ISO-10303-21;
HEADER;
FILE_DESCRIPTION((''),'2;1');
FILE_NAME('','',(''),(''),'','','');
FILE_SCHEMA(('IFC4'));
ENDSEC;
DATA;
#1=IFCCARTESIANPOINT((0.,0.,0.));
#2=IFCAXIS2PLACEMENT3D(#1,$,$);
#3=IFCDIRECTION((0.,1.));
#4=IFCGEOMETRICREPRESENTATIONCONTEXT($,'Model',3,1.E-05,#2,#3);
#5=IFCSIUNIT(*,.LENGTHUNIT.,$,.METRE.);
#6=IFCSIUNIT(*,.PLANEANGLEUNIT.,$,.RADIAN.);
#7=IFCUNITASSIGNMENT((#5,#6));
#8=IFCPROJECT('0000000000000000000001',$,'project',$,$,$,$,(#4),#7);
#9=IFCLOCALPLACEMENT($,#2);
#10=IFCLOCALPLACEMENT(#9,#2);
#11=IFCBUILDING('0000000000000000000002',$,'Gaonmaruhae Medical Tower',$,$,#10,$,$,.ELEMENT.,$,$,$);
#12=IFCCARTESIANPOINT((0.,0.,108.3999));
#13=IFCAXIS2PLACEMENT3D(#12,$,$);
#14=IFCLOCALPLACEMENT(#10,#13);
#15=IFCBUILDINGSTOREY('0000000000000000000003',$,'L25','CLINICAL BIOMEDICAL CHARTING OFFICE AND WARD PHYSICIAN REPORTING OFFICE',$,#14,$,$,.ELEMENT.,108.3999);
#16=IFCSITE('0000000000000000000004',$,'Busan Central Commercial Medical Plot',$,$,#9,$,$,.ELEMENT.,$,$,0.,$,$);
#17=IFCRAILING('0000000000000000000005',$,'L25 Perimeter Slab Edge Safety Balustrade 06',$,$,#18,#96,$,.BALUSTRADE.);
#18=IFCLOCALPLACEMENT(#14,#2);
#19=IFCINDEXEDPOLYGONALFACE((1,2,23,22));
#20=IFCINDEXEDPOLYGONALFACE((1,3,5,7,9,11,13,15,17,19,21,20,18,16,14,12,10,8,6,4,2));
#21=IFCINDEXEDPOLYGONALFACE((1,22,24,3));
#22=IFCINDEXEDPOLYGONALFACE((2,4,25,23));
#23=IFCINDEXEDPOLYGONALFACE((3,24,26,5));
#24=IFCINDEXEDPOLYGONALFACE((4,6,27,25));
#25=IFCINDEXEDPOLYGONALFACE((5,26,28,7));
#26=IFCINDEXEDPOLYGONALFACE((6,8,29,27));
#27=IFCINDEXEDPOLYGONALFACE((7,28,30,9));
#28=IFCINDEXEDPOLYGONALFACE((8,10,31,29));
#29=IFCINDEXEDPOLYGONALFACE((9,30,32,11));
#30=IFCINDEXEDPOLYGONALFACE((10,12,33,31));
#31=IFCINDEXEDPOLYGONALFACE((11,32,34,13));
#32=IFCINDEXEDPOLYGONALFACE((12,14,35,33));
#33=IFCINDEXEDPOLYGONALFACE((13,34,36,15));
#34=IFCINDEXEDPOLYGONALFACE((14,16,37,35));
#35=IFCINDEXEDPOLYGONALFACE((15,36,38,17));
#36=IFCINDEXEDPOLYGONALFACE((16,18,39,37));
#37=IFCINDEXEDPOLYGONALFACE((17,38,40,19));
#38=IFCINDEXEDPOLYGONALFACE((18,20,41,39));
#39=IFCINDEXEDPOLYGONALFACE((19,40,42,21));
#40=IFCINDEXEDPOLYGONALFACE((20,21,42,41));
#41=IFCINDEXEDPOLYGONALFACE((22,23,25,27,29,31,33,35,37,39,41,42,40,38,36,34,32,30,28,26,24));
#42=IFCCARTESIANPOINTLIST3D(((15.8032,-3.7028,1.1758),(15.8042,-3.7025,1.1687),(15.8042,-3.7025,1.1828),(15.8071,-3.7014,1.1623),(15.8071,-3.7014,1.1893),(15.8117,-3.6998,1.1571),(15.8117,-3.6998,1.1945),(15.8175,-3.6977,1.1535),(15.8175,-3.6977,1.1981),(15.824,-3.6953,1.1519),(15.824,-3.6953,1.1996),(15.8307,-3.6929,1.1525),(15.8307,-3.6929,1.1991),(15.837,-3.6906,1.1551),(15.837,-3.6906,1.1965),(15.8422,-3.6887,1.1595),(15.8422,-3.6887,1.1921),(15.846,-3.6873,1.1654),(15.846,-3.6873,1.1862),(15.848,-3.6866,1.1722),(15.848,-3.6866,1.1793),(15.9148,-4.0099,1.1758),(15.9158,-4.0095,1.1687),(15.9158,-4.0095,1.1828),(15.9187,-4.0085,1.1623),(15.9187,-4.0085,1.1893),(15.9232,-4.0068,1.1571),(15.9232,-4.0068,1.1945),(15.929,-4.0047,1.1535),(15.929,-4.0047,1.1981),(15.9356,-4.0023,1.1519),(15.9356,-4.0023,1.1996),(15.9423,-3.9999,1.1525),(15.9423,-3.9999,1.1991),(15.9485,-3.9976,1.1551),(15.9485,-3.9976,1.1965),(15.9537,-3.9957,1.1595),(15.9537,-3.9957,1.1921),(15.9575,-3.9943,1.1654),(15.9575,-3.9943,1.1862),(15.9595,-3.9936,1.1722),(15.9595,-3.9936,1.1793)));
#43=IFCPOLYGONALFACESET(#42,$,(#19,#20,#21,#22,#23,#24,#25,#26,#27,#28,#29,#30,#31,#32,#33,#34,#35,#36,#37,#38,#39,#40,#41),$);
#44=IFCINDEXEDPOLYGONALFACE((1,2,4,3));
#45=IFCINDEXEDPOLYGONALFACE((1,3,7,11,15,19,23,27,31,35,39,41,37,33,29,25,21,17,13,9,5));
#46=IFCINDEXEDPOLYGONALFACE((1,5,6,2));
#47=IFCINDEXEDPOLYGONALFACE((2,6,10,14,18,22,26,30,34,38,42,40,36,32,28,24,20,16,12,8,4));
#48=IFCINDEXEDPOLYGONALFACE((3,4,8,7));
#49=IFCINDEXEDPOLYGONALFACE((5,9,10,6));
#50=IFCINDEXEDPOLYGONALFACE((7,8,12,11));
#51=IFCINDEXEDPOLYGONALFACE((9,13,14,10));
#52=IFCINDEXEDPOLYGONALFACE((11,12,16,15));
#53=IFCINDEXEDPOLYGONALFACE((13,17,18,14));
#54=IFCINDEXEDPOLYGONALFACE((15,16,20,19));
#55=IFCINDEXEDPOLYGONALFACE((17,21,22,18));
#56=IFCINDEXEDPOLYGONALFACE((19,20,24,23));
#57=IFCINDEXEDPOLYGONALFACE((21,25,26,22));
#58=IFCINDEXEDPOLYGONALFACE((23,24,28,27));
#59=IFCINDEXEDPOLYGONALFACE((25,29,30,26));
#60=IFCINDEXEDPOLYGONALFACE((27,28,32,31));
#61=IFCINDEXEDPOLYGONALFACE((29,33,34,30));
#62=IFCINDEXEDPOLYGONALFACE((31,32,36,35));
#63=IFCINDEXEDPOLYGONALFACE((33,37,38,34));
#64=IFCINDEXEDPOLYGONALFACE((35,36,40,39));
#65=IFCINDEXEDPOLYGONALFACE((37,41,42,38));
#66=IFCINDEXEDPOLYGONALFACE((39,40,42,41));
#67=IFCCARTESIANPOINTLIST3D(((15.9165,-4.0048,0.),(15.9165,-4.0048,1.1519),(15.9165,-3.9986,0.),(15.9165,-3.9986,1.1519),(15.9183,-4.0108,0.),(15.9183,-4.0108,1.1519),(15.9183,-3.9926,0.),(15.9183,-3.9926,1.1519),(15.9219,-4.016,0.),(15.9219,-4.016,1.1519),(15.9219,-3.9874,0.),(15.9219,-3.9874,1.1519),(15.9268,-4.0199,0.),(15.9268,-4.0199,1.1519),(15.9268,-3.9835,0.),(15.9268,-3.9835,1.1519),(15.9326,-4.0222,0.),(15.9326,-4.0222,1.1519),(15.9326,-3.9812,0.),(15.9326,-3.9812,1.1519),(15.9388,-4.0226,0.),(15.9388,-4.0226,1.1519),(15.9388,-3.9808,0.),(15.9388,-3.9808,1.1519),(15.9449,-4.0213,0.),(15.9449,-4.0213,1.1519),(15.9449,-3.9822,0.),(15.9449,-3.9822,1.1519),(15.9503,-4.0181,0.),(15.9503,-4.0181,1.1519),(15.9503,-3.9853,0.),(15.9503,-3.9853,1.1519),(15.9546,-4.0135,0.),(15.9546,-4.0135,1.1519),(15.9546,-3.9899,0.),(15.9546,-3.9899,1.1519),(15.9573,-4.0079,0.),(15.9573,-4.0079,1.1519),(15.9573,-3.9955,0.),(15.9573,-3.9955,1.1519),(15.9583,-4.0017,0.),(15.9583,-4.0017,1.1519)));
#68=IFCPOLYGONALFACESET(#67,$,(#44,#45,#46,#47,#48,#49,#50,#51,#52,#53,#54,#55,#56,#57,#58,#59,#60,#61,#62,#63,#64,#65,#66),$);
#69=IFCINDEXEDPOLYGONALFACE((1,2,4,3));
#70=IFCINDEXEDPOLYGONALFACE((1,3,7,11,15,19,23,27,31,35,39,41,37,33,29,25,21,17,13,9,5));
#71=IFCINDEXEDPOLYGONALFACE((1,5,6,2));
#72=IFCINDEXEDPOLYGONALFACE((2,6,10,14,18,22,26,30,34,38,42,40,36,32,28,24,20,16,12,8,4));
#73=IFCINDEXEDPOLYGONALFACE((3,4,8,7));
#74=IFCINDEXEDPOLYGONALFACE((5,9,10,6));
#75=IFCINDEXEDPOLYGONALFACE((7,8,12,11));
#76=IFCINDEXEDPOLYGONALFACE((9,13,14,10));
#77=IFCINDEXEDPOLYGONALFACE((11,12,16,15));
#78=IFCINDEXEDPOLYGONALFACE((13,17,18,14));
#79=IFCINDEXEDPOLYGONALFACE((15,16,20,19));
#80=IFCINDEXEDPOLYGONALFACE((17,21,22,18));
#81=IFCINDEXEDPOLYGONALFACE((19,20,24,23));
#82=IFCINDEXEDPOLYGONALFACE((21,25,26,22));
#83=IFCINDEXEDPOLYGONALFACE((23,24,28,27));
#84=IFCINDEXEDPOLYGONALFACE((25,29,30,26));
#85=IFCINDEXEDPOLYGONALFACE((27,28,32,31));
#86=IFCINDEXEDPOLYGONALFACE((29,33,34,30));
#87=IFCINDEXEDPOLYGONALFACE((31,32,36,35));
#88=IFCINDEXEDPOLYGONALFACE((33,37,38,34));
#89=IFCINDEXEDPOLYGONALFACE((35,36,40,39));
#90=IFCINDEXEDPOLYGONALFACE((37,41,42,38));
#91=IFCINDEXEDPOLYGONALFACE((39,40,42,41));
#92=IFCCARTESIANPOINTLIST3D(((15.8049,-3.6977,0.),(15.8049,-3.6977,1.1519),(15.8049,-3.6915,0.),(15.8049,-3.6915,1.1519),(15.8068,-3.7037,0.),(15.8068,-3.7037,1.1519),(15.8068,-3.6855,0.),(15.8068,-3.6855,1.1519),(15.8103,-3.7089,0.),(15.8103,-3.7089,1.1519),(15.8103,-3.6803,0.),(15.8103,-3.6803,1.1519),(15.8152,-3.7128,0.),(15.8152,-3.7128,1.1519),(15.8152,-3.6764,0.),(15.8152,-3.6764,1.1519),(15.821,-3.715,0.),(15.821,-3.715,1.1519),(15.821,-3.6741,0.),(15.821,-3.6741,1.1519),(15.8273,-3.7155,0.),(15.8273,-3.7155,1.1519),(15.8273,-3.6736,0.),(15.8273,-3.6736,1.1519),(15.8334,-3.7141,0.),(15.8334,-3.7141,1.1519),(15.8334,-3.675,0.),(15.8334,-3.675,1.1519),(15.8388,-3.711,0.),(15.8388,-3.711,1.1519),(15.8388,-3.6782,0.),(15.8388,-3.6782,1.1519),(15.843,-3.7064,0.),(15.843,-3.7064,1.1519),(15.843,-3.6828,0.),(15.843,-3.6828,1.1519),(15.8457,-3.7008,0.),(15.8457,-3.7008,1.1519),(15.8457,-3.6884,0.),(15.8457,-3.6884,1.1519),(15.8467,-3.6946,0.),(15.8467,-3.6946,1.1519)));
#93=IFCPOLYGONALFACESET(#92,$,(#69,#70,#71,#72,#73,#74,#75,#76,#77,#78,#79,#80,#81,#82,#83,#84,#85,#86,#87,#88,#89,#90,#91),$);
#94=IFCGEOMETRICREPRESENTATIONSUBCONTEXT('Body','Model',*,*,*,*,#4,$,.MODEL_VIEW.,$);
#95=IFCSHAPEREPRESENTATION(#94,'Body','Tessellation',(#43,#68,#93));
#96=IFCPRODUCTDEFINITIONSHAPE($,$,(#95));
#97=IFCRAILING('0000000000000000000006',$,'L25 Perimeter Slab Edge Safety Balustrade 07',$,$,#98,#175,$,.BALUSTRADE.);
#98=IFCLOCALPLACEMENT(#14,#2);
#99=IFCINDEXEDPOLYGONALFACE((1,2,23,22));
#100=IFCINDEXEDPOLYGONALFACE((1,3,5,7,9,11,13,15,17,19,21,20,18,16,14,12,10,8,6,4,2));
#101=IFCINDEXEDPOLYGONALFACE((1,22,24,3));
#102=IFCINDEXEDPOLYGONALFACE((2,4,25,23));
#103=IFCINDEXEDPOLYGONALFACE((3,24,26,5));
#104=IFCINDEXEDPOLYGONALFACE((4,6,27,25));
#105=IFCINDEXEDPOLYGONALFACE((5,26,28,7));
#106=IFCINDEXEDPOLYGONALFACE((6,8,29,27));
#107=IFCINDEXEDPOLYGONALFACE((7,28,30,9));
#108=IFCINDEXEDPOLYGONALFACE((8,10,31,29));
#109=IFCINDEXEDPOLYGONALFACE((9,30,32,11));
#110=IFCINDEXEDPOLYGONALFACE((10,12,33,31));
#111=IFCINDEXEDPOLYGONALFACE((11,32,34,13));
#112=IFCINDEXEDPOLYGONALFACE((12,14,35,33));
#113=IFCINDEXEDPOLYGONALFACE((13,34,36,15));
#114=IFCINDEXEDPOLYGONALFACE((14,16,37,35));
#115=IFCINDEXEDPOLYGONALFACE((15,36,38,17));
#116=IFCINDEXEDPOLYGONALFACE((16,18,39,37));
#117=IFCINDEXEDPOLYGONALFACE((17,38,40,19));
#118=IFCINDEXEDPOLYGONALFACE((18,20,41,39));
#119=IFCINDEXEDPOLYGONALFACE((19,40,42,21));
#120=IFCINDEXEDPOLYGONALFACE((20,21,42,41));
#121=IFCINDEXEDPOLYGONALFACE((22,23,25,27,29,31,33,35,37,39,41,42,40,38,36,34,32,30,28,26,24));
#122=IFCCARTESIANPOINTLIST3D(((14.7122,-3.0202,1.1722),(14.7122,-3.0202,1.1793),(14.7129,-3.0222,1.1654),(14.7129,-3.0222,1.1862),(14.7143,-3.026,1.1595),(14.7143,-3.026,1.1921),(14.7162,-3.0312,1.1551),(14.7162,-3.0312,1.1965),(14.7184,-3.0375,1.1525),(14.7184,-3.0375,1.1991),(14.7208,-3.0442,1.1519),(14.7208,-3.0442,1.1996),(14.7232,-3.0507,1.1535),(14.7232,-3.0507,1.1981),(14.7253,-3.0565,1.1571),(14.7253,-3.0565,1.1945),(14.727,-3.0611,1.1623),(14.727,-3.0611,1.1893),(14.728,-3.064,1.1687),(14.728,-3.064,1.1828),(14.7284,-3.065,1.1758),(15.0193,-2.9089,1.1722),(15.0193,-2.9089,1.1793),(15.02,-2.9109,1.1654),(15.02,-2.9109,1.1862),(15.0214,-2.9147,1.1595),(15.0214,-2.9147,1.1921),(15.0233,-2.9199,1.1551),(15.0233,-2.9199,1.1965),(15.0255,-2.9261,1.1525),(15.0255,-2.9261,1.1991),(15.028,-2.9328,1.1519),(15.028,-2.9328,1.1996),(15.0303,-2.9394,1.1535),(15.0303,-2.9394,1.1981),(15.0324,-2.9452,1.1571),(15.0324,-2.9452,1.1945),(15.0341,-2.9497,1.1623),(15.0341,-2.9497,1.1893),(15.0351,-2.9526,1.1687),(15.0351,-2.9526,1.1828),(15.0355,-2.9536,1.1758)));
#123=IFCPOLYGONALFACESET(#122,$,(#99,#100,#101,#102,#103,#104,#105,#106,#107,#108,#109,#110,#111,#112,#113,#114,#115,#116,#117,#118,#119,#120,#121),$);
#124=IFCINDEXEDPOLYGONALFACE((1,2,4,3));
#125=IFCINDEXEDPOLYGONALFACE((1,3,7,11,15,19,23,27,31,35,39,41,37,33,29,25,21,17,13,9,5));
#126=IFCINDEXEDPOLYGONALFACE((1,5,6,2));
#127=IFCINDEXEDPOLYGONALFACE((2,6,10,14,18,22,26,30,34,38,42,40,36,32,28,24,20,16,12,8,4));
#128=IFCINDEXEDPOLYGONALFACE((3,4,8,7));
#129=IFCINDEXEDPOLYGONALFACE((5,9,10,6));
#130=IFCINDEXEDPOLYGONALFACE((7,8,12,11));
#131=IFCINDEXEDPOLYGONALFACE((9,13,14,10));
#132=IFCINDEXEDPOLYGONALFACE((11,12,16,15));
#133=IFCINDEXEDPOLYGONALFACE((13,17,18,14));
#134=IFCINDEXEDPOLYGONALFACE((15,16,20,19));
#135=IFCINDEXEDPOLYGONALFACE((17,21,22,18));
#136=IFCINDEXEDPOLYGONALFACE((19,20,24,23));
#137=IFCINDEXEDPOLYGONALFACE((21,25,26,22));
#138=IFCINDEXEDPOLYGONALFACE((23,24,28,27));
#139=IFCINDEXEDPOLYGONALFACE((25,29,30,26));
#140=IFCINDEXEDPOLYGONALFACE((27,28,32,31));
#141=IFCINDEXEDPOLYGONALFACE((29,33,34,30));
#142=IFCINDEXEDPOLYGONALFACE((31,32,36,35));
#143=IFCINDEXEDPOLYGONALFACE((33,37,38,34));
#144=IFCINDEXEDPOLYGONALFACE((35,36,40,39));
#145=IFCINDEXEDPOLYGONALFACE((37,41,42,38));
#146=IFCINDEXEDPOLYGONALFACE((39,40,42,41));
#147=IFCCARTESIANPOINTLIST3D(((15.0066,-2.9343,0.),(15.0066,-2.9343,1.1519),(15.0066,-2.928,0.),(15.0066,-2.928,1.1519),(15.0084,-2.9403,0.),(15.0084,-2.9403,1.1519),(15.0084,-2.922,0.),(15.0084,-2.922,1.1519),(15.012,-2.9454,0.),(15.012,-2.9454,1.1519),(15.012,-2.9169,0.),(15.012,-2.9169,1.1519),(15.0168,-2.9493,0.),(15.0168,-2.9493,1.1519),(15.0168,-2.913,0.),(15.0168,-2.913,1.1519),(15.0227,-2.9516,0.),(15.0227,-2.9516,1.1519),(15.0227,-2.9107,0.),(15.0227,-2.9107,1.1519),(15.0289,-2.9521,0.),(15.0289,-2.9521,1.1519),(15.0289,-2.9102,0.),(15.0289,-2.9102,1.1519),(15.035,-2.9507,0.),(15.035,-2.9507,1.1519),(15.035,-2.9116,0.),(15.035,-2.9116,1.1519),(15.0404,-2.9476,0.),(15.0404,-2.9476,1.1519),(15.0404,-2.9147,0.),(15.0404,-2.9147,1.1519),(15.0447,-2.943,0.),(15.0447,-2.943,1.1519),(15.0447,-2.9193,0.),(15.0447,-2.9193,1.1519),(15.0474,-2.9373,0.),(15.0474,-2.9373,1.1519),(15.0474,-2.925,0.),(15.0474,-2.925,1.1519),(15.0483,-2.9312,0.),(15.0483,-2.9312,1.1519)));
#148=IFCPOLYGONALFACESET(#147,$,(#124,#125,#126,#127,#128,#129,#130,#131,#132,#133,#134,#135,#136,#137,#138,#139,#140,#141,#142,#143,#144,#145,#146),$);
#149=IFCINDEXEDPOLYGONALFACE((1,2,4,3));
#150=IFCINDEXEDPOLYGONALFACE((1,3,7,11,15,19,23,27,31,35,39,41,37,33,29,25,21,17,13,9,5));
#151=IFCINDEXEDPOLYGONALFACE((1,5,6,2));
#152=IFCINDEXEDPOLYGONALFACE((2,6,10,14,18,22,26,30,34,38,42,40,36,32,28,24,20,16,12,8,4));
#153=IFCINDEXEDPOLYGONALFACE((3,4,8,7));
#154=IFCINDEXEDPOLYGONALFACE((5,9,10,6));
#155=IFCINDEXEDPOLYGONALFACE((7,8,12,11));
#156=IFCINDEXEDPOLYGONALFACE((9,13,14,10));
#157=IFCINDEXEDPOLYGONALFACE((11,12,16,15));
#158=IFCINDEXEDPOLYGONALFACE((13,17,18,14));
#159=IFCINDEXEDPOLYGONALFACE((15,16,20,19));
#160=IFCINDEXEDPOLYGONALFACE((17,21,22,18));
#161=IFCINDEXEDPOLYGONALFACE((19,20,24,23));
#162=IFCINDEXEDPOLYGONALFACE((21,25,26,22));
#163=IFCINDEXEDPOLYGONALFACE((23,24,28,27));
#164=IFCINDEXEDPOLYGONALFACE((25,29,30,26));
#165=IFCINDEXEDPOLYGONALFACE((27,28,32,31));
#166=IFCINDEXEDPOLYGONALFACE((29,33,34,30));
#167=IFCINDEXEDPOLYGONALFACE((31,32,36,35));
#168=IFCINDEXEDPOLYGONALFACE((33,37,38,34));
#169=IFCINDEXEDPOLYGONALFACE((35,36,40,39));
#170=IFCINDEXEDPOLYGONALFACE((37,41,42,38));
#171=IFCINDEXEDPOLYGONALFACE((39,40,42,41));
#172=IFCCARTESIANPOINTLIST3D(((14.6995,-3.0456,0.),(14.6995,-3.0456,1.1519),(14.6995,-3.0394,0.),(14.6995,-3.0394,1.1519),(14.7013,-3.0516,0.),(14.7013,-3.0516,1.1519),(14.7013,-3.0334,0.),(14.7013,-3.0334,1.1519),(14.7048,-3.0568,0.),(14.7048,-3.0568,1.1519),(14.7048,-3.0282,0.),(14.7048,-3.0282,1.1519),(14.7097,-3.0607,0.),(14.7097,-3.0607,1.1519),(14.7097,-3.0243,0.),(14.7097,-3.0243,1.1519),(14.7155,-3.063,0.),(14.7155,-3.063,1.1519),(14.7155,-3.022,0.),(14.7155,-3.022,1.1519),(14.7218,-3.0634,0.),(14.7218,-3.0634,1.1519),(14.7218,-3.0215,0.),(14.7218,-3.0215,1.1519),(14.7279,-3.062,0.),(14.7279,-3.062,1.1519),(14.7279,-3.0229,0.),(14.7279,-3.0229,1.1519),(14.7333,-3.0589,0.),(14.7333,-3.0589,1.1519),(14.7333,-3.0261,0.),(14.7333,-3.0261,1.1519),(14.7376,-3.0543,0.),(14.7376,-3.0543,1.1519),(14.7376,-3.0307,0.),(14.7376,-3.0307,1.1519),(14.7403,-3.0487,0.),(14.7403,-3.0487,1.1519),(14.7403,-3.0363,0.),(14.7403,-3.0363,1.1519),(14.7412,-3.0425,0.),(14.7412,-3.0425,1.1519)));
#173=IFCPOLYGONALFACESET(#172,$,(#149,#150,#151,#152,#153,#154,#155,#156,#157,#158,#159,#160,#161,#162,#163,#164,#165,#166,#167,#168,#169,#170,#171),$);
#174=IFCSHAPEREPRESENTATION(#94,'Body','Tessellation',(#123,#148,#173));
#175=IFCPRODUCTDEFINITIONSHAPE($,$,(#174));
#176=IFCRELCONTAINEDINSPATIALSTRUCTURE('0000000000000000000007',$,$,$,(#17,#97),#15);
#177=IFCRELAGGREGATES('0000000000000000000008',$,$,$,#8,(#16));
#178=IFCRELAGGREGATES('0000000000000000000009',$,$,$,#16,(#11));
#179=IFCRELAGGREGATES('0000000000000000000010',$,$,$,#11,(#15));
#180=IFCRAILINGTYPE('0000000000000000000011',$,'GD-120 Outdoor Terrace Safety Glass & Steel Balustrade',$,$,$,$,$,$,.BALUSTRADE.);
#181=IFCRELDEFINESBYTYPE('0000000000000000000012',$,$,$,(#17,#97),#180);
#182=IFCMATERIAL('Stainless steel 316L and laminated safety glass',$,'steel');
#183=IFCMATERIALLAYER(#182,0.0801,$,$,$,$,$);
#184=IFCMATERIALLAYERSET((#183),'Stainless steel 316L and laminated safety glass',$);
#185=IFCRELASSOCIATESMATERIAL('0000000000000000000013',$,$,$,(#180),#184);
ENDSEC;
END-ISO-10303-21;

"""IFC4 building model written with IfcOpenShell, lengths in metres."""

from ifc_helpers import new_model, si_unit, direction, frame, origin, origin_2d, place, context, subcontext, project, spatial, circle, extrude, material, layer, layer_set, type_object, element, save


model = new_model("IFC4")

# Units and contexts
model_context = context("Model", 3, precision=1e-05, world=origin(), true_north=direction((0.0, 1.0)))
body_context = subcontext(model_context, "Body", "Model", "MODEL_VIEW")
ifc_project = project(units=[si_unit("LENGTHUNIT", "METRE"), si_unit("PLANEANGLEUNIT", "RADIAN")], contexts=[model_context])

# Site, building, storey
site_placement = place(None, origin())
site = spatial("IfcSite", under=ifc_project, at=site_placement, Name="Busan Central Commercial Medical Plot", CompositionType="ELEMENT", RefElevation=0.0)
building_placement = place(site_placement, origin())
building = spatial("IfcBuilding", under=site, at=building_placement, Name="Gaonmaruhae Medical Tower", CompositionType="ELEMENT")
storey_placement = place(building_placement, frame((0.0, 0.0, 108.3999)))
storey = spatial("IfcBuildingStorey", under=building, at=storey_placement, Name="L25", Description="CLINICAL BIOMEDICAL CHARTING OFFICE AND WARD PHYSICIAN REPORTING OFFICE", CompositionType="ELEMENT", Elevation=108.3999)

# Railings
ifc_material_1 = material(Name="Stainless steel 316L and laminated safety glass", Category="steel")
ifc_layer_1 = layer(ifc_material_1, 0.0801)
ifc_layer_set_1 = layer_set([ifc_layer_1], Name="Stainless steel 316L and laminated safety glass")
railing_type_1 = type_object("IfcRailingType", Name="GD-120 Outdoor Terrace Safety Glass & Steel Balustrade", PredefinedType="BALUSTRADE", material=ifc_layer_set_1)
railing_1_placement = place(storey_placement, frame((15.9373, -4.0017, 0.0)))
element("IfcRailing", 1, at=railing_1_placement, inside=storey, type_object=railing_type_1, Name="L25 Perimeter Slab Edge Safety Balustrade 06", PredefinedType="BALUSTRADE", context=body_context, shape_type="SweptSolid", body=[
    extrude(circle(Radius=0.0239, at=origin_2d()), frame((0.0, 0.0, 1.1758), z_axis=(-0.341443, 0.939902, 0.0), x_axis=(-0.939902, -0.341443, 0.0)), (0.0, 0.0, 1.0), 0.3267),
    extrude(circle(Radius=0.021, at=origin_2d()), origin(), (0.0, 0.0, 1.0), 1.1519),
    extrude(circle(Radius=0.021, at=origin_2d()), frame((-0.1116, 0.3071, 0.0)), (0.0, 0.0, 1.0), 1.1519),
])
railing_2_placement = place(storey_placement, frame((15.0273, -2.9312, 0.0)))
element("IfcRailing", 2, at=railing_2_placement, inside=storey, type_object=railing_type_1, Name="L25 Perimeter Slab Edge Safety Balustrade 07", PredefinedType="BALUSTRADE", context=body_context, shape_type="SweptSolid", body=[
    extrude(circle(Radius=0.0239, at=origin_2d()), frame((0.0, 0.0, 1.1758), z_axis=(-0.940142, -0.340783, 0.0), x_axis=(0.340783, -0.940142, 0.0)), (0.0, 0.0, 1.0), 0.3267),
    extrude(circle(Radius=0.021, at=origin_2d()), origin(), (0.0, 0.0, 1.0), 1.1519),
    extrude(circle(Radius=0.021, at=origin_2d()), frame((-0.3071, -0.1113, 0.0)), (0.0, 0.0, 1.0), 1.1519),
])

save(model, "model.ifc")
